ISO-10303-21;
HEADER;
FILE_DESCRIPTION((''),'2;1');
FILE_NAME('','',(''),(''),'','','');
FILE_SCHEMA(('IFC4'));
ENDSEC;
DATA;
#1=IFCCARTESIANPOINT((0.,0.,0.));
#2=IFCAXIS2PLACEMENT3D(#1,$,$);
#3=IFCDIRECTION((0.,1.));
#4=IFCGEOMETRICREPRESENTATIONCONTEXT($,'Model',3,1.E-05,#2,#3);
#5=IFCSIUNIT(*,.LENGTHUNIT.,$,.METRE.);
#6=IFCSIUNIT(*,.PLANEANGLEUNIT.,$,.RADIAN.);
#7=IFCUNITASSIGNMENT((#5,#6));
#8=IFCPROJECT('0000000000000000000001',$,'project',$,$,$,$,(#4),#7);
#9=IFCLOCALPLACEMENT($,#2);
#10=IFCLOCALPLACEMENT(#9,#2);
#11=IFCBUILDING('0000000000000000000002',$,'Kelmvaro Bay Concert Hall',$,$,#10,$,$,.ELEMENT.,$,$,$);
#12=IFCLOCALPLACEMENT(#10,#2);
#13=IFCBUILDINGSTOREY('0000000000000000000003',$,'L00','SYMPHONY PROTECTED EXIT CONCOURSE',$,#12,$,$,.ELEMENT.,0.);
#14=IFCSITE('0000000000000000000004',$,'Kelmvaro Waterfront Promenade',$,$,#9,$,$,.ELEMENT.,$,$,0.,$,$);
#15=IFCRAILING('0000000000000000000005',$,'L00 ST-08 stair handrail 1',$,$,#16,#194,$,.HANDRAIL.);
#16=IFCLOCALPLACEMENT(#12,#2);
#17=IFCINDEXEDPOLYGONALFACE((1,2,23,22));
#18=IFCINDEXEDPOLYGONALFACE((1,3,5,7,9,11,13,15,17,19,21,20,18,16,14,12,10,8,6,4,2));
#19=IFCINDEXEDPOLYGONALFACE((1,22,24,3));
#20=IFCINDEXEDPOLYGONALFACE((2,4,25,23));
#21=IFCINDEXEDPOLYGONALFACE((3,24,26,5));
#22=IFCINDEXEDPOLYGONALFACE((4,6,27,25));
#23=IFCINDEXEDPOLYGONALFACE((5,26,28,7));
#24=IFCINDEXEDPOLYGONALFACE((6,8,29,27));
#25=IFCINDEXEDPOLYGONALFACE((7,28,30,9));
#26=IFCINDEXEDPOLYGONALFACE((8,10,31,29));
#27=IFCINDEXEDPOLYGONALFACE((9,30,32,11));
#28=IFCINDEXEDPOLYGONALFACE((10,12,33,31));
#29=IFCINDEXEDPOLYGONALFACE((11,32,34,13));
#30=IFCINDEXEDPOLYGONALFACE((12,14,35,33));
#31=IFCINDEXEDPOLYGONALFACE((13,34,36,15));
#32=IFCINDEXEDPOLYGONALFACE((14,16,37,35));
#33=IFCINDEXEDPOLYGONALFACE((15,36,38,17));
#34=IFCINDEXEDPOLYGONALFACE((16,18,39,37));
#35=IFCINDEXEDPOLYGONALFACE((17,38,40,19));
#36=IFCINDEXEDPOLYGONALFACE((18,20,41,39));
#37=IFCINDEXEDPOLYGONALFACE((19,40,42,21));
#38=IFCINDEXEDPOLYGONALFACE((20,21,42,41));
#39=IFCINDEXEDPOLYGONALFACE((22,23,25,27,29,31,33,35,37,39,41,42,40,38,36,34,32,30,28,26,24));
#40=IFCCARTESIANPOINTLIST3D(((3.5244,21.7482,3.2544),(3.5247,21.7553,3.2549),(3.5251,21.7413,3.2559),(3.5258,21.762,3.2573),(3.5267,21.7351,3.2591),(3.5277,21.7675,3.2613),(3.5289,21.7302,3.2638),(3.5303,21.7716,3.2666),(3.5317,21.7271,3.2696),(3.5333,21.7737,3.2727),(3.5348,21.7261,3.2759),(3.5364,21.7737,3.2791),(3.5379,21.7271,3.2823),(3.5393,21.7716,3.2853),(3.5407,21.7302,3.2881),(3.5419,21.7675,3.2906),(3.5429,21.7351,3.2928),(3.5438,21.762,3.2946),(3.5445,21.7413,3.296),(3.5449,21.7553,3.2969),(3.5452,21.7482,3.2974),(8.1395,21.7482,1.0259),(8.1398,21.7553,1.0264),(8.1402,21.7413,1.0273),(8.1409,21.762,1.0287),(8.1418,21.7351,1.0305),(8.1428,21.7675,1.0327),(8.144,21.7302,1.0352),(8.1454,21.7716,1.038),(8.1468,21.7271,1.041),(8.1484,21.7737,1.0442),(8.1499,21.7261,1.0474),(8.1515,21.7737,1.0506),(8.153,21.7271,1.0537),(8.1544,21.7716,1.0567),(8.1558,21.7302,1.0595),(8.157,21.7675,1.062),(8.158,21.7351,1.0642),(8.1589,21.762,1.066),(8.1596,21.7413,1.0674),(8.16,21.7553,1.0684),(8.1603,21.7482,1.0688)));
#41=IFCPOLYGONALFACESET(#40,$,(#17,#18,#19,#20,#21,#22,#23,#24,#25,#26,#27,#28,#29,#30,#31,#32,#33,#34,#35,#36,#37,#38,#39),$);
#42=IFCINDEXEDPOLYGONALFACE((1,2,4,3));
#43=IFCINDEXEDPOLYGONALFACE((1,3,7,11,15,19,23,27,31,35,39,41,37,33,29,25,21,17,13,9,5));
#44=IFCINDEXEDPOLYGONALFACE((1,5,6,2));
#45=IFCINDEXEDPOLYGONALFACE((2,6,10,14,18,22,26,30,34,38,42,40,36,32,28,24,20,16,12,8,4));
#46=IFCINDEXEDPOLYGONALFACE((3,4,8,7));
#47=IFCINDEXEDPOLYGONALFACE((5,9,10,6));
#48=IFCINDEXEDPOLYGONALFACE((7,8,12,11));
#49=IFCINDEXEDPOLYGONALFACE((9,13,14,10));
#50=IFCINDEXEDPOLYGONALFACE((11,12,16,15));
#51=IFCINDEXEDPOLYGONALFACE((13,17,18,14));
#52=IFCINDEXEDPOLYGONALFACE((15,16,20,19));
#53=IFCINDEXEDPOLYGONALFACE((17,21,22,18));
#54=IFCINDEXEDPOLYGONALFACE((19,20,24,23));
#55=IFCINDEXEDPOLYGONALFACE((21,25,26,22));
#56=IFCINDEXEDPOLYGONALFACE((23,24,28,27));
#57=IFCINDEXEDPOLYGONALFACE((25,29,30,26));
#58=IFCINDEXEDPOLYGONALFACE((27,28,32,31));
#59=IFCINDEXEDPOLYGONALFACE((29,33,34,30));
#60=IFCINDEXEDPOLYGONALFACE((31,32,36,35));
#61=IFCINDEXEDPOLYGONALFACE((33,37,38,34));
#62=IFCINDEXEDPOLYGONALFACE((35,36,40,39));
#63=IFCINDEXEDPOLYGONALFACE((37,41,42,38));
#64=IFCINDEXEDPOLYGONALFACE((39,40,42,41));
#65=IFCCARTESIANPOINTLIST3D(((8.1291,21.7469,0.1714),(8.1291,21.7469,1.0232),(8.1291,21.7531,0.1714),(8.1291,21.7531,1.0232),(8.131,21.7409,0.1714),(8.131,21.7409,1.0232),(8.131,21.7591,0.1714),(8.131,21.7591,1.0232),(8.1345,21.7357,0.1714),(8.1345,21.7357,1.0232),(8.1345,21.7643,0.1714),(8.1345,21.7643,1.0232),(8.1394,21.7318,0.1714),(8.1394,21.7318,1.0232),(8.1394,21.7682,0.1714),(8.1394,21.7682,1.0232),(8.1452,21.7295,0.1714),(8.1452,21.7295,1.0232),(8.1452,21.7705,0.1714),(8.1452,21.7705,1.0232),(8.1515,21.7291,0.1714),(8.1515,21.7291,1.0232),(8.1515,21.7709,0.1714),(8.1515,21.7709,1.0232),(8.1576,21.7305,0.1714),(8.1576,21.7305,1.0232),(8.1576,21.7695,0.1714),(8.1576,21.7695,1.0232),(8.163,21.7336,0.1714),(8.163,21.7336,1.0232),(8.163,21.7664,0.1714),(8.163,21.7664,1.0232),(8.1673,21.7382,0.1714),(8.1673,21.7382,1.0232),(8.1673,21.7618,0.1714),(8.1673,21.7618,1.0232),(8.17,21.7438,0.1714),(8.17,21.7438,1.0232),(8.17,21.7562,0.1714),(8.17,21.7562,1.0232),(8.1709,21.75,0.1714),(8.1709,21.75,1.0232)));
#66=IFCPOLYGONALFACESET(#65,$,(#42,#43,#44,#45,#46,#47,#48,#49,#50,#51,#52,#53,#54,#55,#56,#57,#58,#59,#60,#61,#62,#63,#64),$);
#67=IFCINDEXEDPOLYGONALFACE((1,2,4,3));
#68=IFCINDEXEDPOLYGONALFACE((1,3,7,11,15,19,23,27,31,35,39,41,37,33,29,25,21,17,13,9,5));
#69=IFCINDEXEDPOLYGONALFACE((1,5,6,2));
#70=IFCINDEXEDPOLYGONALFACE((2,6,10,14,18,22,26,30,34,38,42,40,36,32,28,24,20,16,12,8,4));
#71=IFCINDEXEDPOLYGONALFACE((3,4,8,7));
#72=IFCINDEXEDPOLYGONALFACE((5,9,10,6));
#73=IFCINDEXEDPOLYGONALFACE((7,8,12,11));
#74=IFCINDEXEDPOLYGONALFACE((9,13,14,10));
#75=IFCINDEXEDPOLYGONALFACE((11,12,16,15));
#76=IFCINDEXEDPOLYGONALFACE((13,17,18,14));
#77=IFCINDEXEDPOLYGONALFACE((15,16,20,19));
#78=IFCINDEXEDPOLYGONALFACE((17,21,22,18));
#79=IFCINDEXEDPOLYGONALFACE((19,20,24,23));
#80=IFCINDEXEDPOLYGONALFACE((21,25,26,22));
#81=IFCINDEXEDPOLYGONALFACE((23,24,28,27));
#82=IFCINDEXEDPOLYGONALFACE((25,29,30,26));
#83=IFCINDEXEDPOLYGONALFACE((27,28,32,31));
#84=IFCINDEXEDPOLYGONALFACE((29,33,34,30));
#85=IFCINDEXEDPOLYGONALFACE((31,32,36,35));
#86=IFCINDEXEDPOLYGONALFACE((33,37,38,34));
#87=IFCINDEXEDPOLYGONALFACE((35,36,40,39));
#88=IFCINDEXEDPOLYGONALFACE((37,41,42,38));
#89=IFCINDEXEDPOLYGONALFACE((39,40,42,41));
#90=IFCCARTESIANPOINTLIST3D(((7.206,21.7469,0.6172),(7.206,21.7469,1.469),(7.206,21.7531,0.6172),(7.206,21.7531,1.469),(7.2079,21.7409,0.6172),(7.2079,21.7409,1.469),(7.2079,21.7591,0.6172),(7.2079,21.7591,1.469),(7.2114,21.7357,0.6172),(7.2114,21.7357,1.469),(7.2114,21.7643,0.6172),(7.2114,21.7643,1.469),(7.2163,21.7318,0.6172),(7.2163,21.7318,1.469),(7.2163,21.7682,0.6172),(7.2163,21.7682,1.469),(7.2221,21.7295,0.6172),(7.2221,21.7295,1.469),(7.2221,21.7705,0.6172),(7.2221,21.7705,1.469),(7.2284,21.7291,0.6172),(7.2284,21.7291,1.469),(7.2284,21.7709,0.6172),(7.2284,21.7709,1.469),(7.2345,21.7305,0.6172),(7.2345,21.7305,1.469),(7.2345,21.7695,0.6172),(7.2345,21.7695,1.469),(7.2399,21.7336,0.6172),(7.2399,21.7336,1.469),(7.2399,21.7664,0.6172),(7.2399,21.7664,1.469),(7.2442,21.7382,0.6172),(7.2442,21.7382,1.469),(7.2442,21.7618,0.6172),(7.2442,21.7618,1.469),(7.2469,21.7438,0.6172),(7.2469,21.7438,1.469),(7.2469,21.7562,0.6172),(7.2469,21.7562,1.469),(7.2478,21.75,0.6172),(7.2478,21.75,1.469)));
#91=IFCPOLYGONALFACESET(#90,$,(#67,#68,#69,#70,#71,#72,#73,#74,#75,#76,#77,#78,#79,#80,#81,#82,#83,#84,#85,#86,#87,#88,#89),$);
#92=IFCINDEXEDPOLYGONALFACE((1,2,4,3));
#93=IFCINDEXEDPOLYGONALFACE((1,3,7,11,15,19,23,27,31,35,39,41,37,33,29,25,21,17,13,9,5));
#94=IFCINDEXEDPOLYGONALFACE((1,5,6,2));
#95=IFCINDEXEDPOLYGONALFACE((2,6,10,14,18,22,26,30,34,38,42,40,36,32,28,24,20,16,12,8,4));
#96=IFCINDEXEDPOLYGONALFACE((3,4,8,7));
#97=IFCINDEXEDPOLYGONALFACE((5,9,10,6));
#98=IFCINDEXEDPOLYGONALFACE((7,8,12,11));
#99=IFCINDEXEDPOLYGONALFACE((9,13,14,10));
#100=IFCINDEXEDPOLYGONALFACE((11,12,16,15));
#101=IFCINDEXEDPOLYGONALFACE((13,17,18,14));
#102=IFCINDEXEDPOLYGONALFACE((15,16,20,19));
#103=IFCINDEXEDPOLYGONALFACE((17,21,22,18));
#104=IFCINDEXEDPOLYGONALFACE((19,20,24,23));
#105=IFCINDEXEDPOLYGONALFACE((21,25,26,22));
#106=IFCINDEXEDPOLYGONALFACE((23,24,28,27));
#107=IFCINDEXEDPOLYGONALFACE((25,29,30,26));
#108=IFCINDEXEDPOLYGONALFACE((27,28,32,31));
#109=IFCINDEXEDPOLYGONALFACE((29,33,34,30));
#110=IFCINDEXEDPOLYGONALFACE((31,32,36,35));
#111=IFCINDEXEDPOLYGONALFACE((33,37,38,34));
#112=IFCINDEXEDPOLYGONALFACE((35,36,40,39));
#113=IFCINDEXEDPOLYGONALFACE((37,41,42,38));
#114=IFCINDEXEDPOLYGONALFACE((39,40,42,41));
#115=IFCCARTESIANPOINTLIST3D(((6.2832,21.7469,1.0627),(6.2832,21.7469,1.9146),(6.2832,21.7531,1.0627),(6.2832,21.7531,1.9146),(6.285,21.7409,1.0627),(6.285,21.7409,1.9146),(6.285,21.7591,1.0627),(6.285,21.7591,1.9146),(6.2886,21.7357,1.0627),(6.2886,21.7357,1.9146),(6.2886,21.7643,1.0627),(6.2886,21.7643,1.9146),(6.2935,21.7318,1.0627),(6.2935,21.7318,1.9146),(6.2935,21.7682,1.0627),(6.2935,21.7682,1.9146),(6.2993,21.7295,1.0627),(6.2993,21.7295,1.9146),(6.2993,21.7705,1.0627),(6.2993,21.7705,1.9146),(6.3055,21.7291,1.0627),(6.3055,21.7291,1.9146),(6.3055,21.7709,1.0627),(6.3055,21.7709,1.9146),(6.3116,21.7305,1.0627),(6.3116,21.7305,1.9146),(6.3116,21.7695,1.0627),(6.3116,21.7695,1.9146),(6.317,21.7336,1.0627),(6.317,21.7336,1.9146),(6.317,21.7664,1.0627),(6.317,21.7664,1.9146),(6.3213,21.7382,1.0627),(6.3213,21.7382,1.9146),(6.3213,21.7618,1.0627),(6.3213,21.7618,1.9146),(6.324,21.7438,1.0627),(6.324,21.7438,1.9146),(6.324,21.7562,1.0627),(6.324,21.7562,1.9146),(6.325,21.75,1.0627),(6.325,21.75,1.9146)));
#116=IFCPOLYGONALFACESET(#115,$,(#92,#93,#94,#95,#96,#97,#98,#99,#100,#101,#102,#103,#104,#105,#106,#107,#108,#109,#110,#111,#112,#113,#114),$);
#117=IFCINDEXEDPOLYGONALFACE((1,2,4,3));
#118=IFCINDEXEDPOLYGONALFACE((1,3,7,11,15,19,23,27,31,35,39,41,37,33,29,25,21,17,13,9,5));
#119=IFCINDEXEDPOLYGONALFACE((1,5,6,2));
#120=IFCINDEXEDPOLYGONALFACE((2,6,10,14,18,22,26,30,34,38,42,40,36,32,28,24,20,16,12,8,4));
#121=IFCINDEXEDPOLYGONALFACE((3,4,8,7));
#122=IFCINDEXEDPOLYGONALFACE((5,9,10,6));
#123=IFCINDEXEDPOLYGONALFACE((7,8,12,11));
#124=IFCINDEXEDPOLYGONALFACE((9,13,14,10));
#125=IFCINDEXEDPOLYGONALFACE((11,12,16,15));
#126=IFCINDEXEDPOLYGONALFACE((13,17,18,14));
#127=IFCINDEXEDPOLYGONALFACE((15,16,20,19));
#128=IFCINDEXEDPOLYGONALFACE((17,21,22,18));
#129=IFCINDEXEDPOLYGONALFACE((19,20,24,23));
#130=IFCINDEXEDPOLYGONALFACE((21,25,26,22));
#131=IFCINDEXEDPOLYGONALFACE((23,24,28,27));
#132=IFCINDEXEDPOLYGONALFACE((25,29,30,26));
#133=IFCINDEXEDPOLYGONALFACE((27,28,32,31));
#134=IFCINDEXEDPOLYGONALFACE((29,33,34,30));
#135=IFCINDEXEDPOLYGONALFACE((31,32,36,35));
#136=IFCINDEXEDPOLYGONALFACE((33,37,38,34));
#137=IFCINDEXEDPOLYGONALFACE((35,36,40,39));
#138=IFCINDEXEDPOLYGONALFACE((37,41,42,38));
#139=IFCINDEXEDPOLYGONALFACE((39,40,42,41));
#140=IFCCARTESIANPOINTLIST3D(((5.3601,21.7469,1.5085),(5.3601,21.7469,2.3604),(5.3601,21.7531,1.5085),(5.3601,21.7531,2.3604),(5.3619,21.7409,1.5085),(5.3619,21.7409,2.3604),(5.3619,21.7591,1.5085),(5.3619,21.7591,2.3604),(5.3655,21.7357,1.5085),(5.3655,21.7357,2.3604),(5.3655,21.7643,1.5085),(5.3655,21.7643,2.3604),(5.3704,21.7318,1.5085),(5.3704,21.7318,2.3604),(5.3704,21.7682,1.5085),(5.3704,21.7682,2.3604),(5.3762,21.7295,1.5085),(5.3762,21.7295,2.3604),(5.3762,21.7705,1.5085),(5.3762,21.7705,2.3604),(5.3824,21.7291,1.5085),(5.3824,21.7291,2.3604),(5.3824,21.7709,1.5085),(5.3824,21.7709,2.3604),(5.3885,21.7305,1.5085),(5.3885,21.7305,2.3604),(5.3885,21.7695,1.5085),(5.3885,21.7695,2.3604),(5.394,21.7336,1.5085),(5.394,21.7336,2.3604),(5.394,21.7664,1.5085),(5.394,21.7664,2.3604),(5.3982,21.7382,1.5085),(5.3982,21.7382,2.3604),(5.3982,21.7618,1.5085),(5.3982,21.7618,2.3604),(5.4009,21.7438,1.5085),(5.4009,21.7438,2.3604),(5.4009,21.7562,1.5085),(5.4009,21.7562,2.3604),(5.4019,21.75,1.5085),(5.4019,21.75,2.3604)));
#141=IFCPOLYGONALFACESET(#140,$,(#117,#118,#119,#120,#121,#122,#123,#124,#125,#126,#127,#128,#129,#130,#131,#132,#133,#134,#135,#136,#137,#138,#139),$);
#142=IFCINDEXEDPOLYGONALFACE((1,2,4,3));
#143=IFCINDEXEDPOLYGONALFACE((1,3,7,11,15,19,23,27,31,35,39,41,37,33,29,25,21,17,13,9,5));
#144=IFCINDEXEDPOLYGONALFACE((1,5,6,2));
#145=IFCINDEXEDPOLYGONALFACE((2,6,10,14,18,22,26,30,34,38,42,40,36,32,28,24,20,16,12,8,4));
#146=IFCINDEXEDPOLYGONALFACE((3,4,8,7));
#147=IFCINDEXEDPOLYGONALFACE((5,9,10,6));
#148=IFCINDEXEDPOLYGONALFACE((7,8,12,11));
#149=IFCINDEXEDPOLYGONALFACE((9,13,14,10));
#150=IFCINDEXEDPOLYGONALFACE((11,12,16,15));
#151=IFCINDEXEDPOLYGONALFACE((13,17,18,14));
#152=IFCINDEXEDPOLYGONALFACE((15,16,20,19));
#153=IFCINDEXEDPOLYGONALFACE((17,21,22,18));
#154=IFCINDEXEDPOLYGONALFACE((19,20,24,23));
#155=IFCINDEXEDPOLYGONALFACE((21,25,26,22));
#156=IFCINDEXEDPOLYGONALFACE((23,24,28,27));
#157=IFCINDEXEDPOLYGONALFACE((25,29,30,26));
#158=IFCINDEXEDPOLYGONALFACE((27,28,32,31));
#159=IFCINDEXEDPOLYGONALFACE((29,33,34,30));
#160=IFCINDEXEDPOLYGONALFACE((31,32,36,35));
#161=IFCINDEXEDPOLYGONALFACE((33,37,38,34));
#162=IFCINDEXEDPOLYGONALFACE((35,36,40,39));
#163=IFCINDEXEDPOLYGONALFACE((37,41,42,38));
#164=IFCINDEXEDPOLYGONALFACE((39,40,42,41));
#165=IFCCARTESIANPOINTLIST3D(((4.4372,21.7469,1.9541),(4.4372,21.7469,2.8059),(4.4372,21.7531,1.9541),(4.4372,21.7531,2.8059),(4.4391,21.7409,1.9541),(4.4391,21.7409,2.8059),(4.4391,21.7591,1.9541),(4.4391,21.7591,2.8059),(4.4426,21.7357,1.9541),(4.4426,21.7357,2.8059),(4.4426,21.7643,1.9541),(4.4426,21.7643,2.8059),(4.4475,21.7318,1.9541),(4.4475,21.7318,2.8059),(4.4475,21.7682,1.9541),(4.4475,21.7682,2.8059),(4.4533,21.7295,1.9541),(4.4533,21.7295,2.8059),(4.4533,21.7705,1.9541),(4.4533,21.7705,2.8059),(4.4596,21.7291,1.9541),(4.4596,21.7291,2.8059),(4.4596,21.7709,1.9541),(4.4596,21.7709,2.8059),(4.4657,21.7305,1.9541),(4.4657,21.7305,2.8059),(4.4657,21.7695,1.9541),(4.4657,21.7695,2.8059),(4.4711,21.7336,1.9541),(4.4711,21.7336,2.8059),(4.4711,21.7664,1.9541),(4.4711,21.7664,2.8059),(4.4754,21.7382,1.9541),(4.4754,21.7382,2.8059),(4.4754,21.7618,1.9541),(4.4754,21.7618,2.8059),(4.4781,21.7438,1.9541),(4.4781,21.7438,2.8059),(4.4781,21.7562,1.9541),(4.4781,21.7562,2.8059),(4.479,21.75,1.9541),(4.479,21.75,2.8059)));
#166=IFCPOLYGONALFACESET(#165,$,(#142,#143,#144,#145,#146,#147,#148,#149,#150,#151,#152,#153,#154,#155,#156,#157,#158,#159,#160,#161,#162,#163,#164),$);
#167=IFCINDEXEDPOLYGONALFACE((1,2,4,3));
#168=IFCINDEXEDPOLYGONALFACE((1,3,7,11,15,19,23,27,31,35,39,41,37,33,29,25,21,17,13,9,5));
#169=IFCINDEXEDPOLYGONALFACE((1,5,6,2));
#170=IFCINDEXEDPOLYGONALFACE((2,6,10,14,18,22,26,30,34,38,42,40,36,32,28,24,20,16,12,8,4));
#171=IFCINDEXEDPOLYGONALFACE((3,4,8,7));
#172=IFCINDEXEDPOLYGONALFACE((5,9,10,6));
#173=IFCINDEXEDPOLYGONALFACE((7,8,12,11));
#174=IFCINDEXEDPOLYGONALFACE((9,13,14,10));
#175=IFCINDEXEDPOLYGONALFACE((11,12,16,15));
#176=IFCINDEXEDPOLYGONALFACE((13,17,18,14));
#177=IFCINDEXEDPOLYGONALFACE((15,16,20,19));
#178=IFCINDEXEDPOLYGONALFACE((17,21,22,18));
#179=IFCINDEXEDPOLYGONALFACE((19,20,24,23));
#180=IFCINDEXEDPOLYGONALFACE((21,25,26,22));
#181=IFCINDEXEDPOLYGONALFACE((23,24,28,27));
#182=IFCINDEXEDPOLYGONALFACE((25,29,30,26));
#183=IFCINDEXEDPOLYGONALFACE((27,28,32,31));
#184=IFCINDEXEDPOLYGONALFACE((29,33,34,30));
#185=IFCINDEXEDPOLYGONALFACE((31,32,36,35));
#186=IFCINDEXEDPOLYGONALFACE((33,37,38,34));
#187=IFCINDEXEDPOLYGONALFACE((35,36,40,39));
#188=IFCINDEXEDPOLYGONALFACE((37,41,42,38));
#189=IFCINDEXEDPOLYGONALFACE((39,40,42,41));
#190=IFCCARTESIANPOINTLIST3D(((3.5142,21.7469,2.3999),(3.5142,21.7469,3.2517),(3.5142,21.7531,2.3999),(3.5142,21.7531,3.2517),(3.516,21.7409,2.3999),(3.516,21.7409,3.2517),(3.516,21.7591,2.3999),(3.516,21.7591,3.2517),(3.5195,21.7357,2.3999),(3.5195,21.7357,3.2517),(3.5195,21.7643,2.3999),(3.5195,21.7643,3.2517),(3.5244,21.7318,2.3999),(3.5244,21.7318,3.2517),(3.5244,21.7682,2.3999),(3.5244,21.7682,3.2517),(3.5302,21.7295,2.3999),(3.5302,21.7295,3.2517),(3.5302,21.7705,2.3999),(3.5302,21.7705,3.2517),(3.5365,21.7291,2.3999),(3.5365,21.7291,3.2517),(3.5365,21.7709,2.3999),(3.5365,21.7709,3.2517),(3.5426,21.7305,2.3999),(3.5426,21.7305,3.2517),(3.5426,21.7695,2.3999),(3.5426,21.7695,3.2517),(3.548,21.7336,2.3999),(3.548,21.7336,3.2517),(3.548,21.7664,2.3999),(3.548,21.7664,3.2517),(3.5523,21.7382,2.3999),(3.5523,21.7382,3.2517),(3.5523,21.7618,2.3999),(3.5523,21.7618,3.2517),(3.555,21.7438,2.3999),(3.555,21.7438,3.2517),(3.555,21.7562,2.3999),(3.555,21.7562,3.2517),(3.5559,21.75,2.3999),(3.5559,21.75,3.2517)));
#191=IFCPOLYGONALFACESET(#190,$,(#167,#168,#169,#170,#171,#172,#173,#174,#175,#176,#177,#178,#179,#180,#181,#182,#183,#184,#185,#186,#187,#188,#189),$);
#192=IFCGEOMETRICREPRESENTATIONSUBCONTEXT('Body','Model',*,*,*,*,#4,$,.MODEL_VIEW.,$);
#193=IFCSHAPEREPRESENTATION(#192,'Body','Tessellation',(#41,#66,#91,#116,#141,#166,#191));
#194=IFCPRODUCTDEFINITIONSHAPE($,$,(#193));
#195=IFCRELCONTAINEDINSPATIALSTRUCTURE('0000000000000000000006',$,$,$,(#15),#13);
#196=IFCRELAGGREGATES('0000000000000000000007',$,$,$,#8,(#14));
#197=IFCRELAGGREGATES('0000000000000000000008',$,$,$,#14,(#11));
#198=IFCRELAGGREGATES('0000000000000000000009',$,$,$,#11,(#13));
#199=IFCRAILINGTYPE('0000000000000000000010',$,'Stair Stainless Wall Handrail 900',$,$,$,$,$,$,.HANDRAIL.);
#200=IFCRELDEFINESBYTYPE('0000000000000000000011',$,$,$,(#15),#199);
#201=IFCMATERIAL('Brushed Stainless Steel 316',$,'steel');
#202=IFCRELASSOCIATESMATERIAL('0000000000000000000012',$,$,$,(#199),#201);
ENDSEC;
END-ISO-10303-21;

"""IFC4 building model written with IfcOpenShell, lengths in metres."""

from ifc_helpers import new_model, si_unit, direction, frame, origin, origin_2d, place, context, subcontext, project, spatial, circle, extrude, material, type_object, element, save


model = new_model("IFC4")

# Units and contexts
model_context = context("Model", 3, precision=1e-05, world=origin(), true_north=direction((0.0, 1.0)))
body_context = subcontext(model_context, "Body", "Model", "MODEL_VIEW")
ifc_project = project(units=[si_unit("LENGTHUNIT", "METRE"), si_unit("PLANEANGLEUNIT", "RADIAN")], contexts=[model_context])

# Site, building, storey
site_placement = place(None, origin())
site = spatial("IfcSite", under=ifc_project, at=site_placement, Name="Kelmvaro Waterfront Promenade", CompositionType="ELEMENT", RefElevation=0.0)
building_placement = place(site_placement, origin())
building = spatial("IfcBuilding", under=site, at=building_placement, Name="Kelmvaro Bay Concert Hall", CompositionType="ELEMENT")
storey_placement = place(building_placement, origin())
storey = spatial("IfcBuildingStorey", under=building, at=storey_placement, Name="L00", Description="SYMPHONY PROTECTED EXIT CONCOURSE", CompositionType="ELEMENT", Elevation=0.0)

# Railing
ifc_material_1 = material(Name="Brushed Stainless Steel 316", Category="steel")
railing_type_1 = type_object("IfcRailingType", Name="Stair Stainless Wall Handrail 900", PredefinedType="HANDRAIL", material=ifc_material_1)
railing_1_placement = place(storey_placement, frame((8.1499, 21.75, 0.1714)))
element("IfcRailing", 1, at=railing_1_placement, inside=storey, type_object=railing_type_1, Name="L00 ST-08 stair handrail 1", PredefinedType="HANDRAIL", context=body_context, shape_type="SweptSolid", body=[
    extrude(circle(Radius=0.0239, at=origin_2d()), frame((0.0, 0.0, 0.876), z_axis=(-0.900507, 0.0, 0.434842), x_axis=(0.0, -1.0, 0.0)), (0.0, 0.0, 1.0), 5.125),
    extrude(circle(Radius=0.021, at=origin_2d()), origin(), (0.0, 0.0, 1.0), 0.8518),
    extrude(circle(Radius=0.021, at=origin_2d()), frame((-0.9231, 0.0, 0.4458)), (0.0, 0.0, 1.0), 0.8518),
    extrude(circle(Radius=0.021, at=origin_2d()), frame((-1.8459, 0.0, 0.8914)), (0.0, 0.0, 1.0), 0.8518),
    extrude(circle(Radius=0.021, at=origin_2d()), frame((-2.769, 0.0, 1.3372)), (0.0, 0.0, 1.0), 0.8518),
    extrude(circle(Radius=0.021, at=origin_2d()), frame((-3.6919, 0.0, 1.7827)), (0.0, 0.0, 1.0), 0.8518),
    extrude(circle(Radius=0.021, at=origin_2d()), frame((-4.615, 0.0, 2.2285)), (0.0, 0.0, 1.0), 0.8518),
])

save(model, "model.ifc")
